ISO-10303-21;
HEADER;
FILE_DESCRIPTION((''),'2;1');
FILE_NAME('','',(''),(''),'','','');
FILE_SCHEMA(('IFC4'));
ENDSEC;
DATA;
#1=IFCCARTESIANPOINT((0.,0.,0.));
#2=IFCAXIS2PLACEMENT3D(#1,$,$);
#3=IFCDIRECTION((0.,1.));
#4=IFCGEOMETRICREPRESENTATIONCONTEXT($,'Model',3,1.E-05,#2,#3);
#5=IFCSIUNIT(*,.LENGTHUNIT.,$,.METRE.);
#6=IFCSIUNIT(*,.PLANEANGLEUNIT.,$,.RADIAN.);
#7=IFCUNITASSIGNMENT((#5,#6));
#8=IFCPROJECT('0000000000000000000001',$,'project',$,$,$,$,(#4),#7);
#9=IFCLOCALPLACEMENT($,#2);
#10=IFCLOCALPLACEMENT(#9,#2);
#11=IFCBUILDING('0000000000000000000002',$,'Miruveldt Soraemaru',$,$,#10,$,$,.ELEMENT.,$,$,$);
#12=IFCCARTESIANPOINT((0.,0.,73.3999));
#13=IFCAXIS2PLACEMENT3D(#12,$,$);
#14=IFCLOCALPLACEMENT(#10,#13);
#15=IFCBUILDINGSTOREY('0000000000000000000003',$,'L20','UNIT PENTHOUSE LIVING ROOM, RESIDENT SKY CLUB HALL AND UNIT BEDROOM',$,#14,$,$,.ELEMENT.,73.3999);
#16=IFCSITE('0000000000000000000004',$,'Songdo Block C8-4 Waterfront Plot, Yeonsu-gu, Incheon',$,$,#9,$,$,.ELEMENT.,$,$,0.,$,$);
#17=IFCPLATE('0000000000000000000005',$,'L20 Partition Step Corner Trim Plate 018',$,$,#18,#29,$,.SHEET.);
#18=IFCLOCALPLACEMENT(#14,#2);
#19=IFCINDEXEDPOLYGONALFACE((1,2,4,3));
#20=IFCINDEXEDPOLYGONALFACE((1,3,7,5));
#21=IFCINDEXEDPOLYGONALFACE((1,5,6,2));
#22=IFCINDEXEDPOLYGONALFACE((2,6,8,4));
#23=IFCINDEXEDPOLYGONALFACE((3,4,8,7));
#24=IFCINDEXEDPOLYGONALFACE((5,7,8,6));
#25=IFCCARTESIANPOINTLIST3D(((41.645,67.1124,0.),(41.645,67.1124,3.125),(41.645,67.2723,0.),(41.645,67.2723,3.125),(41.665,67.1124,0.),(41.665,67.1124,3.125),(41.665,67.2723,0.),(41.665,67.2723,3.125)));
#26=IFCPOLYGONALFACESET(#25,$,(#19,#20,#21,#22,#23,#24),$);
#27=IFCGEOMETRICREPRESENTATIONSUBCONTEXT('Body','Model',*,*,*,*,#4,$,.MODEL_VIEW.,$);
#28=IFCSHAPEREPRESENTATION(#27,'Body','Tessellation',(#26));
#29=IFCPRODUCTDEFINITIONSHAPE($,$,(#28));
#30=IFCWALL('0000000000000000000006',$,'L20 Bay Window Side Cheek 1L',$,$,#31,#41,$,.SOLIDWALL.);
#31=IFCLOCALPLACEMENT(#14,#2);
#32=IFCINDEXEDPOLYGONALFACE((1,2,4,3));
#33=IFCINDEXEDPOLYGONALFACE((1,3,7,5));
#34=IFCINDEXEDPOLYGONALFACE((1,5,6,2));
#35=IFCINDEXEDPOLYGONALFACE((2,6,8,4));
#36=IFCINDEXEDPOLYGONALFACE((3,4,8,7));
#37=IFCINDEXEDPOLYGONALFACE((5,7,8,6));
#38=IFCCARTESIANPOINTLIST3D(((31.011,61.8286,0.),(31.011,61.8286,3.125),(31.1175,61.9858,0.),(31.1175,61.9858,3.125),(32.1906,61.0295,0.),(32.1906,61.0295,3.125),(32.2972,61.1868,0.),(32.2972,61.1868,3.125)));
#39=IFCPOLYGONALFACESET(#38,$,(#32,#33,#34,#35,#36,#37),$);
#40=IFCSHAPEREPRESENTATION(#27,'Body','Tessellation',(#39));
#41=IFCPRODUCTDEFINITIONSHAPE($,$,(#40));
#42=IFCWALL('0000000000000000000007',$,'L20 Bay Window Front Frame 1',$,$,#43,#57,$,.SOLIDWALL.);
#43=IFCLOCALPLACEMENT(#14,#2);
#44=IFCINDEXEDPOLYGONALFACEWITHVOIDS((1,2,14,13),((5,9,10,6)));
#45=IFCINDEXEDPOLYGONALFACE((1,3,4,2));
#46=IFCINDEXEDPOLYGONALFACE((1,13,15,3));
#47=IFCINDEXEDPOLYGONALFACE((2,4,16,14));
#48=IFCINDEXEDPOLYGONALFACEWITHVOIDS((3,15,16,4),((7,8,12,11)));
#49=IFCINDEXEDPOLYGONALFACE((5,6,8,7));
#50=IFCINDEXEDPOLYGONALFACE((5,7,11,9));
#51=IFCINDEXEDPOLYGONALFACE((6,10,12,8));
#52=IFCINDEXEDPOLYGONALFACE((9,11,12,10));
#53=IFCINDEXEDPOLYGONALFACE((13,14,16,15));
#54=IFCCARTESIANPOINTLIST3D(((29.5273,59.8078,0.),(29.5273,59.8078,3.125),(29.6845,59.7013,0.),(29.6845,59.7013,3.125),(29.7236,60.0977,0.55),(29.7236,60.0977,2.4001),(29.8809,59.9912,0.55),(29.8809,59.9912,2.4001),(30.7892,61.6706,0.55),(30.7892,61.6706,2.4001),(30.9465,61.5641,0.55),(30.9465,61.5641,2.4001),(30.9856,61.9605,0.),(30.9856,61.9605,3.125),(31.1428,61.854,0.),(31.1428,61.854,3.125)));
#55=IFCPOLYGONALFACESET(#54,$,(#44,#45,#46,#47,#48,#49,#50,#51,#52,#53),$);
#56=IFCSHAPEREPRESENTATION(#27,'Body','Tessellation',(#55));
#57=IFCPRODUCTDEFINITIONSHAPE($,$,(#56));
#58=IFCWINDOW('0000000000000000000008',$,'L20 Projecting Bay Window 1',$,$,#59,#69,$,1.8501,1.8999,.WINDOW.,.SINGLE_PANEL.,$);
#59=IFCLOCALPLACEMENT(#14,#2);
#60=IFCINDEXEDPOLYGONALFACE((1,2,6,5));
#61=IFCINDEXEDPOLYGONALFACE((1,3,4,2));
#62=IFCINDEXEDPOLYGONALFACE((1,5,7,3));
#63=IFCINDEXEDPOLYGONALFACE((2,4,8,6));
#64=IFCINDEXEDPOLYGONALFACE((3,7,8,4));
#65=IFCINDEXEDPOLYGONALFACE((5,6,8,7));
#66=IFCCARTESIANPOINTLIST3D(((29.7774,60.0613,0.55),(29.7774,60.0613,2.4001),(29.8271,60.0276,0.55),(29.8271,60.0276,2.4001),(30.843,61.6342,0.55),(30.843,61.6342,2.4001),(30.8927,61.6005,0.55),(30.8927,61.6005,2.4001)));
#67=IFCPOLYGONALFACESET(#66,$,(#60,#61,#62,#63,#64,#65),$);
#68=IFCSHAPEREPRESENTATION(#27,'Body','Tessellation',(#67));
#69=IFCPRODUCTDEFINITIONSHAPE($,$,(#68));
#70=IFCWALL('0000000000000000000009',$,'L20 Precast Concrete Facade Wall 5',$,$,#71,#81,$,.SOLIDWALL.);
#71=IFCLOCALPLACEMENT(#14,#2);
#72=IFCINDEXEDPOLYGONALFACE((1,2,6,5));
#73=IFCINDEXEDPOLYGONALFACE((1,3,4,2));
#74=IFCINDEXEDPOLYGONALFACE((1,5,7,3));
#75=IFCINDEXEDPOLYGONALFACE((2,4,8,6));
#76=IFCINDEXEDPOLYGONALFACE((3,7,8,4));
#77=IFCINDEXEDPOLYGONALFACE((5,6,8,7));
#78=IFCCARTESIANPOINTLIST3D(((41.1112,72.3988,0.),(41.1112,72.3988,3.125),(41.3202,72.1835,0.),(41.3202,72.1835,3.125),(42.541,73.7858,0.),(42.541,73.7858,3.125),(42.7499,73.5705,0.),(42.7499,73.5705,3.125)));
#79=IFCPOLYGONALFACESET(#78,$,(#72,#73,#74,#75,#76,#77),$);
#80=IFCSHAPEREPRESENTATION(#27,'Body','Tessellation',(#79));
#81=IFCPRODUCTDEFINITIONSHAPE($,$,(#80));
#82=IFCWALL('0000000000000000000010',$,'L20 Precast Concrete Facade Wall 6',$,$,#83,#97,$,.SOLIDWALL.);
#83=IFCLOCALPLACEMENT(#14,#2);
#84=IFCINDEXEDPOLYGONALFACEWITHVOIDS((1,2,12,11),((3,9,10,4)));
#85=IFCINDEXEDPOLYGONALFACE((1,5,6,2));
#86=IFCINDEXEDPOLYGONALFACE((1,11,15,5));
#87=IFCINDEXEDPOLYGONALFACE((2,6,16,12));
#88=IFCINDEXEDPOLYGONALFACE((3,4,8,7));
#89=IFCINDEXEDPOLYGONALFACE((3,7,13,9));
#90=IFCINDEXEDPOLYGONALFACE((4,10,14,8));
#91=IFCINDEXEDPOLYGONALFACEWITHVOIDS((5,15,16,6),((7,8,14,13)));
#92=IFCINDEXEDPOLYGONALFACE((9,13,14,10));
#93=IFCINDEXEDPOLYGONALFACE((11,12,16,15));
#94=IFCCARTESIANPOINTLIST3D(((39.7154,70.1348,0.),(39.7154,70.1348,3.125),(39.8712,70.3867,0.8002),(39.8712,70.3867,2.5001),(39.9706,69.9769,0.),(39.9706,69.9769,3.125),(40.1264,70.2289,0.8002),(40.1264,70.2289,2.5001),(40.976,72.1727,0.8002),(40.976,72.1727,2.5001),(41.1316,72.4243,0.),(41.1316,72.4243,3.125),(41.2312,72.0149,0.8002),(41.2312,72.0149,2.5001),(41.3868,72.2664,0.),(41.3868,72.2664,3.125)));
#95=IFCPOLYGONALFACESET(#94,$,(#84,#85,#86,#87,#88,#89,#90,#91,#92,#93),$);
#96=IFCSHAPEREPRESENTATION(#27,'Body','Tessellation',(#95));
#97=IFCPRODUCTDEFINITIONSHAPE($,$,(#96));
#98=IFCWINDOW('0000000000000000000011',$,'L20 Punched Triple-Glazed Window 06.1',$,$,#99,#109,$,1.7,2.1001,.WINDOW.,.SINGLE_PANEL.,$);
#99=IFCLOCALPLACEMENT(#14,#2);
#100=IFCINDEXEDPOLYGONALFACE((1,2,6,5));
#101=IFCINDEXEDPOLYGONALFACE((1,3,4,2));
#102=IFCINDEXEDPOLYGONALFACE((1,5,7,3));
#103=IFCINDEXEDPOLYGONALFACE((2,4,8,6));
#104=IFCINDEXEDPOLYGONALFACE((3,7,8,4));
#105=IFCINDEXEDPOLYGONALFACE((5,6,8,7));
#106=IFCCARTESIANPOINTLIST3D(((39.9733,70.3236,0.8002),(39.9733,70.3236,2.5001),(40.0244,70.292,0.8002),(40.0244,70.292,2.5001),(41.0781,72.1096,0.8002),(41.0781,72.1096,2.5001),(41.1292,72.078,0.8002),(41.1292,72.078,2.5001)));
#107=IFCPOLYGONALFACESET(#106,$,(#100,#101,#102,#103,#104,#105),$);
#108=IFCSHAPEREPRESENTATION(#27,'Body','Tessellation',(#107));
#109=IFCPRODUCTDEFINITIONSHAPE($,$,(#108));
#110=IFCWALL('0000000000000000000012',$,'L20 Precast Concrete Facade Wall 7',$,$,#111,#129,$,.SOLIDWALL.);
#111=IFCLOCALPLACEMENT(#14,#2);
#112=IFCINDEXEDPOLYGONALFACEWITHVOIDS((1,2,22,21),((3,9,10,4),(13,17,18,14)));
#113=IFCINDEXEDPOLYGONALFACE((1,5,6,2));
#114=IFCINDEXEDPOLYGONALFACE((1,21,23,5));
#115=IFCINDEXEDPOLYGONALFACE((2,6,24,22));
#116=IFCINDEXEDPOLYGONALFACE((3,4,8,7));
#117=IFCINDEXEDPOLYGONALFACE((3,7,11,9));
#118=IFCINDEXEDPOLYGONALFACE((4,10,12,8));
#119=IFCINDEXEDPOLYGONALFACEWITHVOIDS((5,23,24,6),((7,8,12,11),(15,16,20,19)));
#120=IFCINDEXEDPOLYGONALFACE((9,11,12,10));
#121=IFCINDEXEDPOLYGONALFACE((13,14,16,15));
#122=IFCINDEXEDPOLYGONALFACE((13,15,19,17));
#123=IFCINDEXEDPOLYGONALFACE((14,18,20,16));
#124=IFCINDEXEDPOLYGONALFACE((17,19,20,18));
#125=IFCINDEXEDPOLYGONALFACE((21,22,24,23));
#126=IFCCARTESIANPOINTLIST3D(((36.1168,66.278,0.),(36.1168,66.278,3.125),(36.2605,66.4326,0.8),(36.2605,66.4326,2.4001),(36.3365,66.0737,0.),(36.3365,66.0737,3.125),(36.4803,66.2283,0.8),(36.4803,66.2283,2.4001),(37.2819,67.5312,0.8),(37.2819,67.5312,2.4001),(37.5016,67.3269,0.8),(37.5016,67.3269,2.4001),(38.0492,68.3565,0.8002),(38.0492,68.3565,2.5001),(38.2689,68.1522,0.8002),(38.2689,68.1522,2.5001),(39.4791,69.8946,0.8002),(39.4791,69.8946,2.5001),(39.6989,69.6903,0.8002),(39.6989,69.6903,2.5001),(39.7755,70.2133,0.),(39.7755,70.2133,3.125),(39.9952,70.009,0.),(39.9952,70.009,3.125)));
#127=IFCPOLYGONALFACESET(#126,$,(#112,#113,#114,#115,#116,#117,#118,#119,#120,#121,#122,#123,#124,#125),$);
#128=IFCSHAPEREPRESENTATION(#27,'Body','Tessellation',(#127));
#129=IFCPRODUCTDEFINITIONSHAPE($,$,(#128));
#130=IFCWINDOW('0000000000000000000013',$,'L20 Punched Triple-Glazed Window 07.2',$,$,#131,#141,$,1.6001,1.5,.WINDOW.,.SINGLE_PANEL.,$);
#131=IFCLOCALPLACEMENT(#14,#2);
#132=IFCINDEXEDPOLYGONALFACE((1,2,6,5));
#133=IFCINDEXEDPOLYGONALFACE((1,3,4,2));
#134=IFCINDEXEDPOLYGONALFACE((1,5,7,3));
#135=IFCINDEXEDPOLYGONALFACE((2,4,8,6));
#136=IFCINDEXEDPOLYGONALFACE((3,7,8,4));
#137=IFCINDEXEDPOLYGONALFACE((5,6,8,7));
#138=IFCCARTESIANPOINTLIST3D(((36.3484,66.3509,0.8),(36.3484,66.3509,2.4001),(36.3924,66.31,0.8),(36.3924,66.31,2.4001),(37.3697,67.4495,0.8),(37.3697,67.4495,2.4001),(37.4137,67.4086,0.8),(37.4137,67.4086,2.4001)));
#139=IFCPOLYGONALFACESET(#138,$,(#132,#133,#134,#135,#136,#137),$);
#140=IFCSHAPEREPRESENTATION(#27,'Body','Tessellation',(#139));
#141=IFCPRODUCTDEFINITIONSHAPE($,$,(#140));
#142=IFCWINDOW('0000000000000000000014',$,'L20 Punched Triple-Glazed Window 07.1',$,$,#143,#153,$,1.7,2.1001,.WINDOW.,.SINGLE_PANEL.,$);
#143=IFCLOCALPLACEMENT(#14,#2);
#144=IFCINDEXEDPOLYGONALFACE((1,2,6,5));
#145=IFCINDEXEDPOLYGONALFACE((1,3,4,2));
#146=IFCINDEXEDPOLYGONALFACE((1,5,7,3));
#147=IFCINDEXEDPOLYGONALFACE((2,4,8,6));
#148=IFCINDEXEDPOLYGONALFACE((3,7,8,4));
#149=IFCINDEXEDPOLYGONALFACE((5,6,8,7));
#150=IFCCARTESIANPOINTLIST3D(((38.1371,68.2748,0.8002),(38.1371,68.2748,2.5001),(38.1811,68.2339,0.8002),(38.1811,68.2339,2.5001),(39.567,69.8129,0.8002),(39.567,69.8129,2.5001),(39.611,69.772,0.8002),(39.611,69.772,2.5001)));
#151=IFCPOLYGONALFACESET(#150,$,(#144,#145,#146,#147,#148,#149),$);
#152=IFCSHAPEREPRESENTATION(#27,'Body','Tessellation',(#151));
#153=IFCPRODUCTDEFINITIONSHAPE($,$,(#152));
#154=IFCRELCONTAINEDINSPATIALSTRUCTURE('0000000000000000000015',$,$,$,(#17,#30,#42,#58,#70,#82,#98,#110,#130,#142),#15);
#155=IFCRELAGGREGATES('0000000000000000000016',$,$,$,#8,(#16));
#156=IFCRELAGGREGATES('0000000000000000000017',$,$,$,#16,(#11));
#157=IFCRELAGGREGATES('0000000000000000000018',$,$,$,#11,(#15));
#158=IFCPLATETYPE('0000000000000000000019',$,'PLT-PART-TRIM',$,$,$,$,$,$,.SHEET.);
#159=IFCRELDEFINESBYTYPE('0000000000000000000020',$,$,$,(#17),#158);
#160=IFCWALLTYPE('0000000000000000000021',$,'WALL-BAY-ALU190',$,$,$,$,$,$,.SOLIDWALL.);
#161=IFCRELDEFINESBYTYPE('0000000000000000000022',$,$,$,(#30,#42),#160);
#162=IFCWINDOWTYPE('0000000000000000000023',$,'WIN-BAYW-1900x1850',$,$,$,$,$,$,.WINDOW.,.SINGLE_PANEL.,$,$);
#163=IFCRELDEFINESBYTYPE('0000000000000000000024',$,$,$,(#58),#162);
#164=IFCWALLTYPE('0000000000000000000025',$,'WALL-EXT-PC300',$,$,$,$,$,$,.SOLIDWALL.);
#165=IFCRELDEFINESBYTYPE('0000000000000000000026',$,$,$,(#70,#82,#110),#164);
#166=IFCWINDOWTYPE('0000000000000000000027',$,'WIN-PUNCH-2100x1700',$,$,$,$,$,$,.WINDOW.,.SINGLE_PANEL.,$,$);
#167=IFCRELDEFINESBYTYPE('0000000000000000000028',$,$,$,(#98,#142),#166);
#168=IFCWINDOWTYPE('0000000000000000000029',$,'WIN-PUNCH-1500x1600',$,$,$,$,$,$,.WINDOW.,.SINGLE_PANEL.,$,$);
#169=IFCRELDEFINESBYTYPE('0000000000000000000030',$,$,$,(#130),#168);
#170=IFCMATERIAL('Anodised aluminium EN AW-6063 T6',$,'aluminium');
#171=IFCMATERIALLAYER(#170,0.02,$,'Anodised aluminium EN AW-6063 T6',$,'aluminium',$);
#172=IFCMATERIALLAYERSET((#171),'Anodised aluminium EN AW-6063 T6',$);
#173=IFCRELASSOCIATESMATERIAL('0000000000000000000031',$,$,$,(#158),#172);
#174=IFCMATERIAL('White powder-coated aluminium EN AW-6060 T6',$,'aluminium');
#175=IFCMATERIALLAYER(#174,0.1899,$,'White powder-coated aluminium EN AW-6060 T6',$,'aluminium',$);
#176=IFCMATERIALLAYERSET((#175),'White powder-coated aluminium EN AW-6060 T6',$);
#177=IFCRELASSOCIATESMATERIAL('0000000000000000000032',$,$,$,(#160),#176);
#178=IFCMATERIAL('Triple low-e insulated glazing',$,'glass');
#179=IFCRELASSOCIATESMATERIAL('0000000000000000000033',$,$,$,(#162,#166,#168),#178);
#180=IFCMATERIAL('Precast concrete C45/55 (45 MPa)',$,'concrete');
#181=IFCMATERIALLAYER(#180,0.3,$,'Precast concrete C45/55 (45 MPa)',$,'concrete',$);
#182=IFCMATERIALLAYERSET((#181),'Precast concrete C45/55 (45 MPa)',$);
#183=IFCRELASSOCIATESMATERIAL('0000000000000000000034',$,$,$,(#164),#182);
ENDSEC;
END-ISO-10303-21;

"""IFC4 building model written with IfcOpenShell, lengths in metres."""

from ifc_helpers import new_model, si_unit, direction, frame, frame_2d, origin, origin_2d, place, context, subcontext, project, spatial, rectangle, extrude, material, layer, layer_set, type_object, element, fill, save


model = new_model("IFC4")

# Units and contexts
model_context = context("Model", 3, precision=1e-05, world=origin(), true_north=direction((0.0, 1.0)))
body_context = subcontext(model_context, "Body", "Model", "MODEL_VIEW")
ifc_project = project(units=[si_unit("LENGTHUNIT", "METRE"), si_unit("PLANEANGLEUNIT", "RADIAN")], contexts=[model_context])

# Site, building, storey
site_placement = place(None, origin())
site = spatial("IfcSite", under=ifc_project, at=site_placement, Name="Songdo Block C8-4 Waterfront Plot, Yeonsu-gu, Incheon", CompositionType="ELEMENT", RefElevation=0.0)
building_placement = place(site_placement, origin())
building = spatial("IfcBuilding", under=site, at=building_placement, Name="Miruveldt Soraemaru", CompositionType="ELEMENT")
storey_placement = place(building_placement, frame((0.0, 0.0, 73.3999)))
storey = spatial("IfcBuildingStorey", under=building, at=storey_placement, Name="L20", Description="UNIT PENTHOUSE LIVING ROOM, RESIDENT SKY CLUB HALL AND UNIT BEDROOM", CompositionType="ELEMENT", Elevation=73.3999)

# Plate
ifc_material_1 = material(Name="Anodised aluminium EN AW-6063 T6", Category="aluminium")
ifc_layer_1 = layer(ifc_material_1, 0.02, Name="Anodised aluminium EN AW-6063 T6", Category="aluminium")
ifc_layer_set_1 = layer_set([ifc_layer_1], Name="Anodised aluminium EN AW-6063 T6")
plate_type = type_object("IfcPlateType", Name="PLT-PART-TRIM", PredefinedType="SHEET", material=ifc_layer_set_1)
plate_placement = place(storey_placement, frame((41.655, 67.1924, 0.0), z_axis=(0.0, 0.0, 1.0), x_axis=(0.0, -1.0, 0.0)))
element("IfcPlate", 1, at=plate_placement, inside=storey, type_object=plate_type, Name="L20 Partition Step Corner Trim Plate 018", PredefinedType="SHEET", context=body_context, shape_type="SweptSolid", body=[
    extrude(rectangle(XDim=0.1599, YDim=0.02, at=origin_2d()), origin(), (0.0, 0.0, 1.0), 3.125),
])

# Wall
ifc_material_2 = material(Name="White powder-coated aluminium EN AW-6060 T6", Category="aluminium")
ifc_layer_2 = layer(ifc_material_2, 0.1899, Name="White powder-coated aluminium EN AW-6060 T6", Category="aluminium")
ifc_layer_set_2 = layer_set([ifc_layer_2], Name="White powder-coated aluminium EN AW-6060 T6")
wall_type_1 = type_object("IfcWallType", Name="WALL-BAY-ALU190", PredefinedType="SOLIDWALL", material=ifc_layer_set_2)
wall_1_placement = place(storey_placement, frame((32.2439, 61.1082, 0.0), z_axis=(0.0, 0.0, 1.0), x_axis=(-0.827942, 0.560814, 0.0)))
element("IfcWall", 2, at=wall_1_placement, inside=storey, type_object=wall_type_1, Name="L20 Bay Window Side Cheek 1L", PredefinedType="SOLIDWALL", context=body_context, shape_type="SweptSolid", body=[
    extrude(rectangle(XDim=1.4248, YDim=0.1899, at=frame_2d((0.7124, 0.0))), origin(), (0.0, 0.0, 1.0), 3.125),
])

# Wall, opening, window
wall_2_placement = place(storey_placement, frame((31.0642, 61.9072, 0.0), z_axis=(0.0, 0.0, 1.0), x_axis=(-0.560861, -0.82791, 0.0)))
wall_2 = element("IfcWall", 3, at=wall_2_placement, inside=storey, type_object=wall_type_1, Name="L20 Bay Window Front Frame 1", PredefinedType="SOLIDWALL", context=body_context, shape_type="SweptSolid", body=[
    extrude(rectangle(XDim=2.6001, YDim=0.1899, at=frame_2d((1.3, 0.0))), origin(), (0.0, 0.0, 1.0), 3.125),
])
opening_1_placement = place(wall_2_placement, frame((0.3501, 0.0, 0.55)))
opening_1 = element("IfcOpeningElement", 4, at=opening_1_placement, cuts=wall_2, PredefinedType="OPENING", context=body_context, shape_type="SweptSolid", body=[
    extrude(rectangle(XDim=1.8999, YDim=1.8501, at=frame_2d((0.95, 0.925))), frame((0.0, 0.105, 0.0), z_axis=(0.0, -1.0, 0.0), x_axis=(1.0, 0.0, 0.0)), (0.0, 0.0, 1.0), 0.21),
])
ifc_material_3 = material(Name="Triple low-e insulated glazing", Category="glass")
window_type_1 = type_object("IfcWindowType", Name="WIN-BAYW-1900x1850", PartitioningType="SINGLE_PANEL", PredefinedType="WINDOW", material=ifc_material_3)
window_1_placement = place(opening_1_placement, origin())
window_1 = element("IfcWindow", 5, at=window_1_placement, inside=storey, type_object=window_type_1, Name="L20 Projecting Bay Window 1", OverallHeight=1.8501, OverallWidth=1.8999, PartitioningType="SINGLE_PANEL", PredefinedType="WINDOW", context=body_context, shape_type="SweptSolid", body=[
    extrude(rectangle(XDim=1.8999, YDim=1.8501, at=frame_2d((0.95, 0.925))), frame((0.0, 0.03, 0.0), z_axis=(0.0, -1.0, 0.0), x_axis=(1.0, 0.0, 0.0)), (0.0, 0.0, 1.0), 0.0601),
])
fill(opening_1, window_1)

# Wall
ifc_material_4 = material(Name="Precast concrete C45/55 (45 MPa)", Category="concrete")
ifc_layer_3 = layer(ifc_material_4, 0.3, Name="Precast concrete C45/55 (45 MPa)", Category="concrete")
ifc_layer_set_3 = layer_set([ifc_layer_3], Name="Precast concrete C45/55 (45 MPa)")
wall_type_2 = type_object("IfcWallType", Name="WALL-EXT-PC300", PredefinedType="SOLIDWALL", material=ifc_layer_set_3)
wall_3_placement = place(storey_placement, frame((42.6455, 73.6782, 0.0), z_axis=(0.0, 0.0, 1.0), x_axis=(-0.71775, -0.696301, 0.0)))
element("IfcWall", 6, at=wall_3_placement, inside=storey, type_object=wall_type_2, Name="L20 Precast Concrete Facade Wall 5", PredefinedType="SOLIDWALL", context=body_context, shape_type="SweptSolid", body=[
    extrude(rectangle(XDim=1.9919, YDim=0.3, at=frame_2d((0.9961, 0.0))), origin(), (0.0, 0.0, 1.0), 3.125),
])

# Wall, opening, window
wall_4_placement = place(storey_placement, frame((41.2593, 72.3455, 0.0), z_axis=(0.0, 0.0, 1.0), x_axis=(-0.526064, -0.850445, 0.0)))
wall_4 = element("IfcWall", 7, at=wall_4_placement, inside=storey, type_object=wall_type_2, Name="L20 Precast Concrete Facade Wall 6", PredefinedType="SOLIDWALL", context=body_context, shape_type="SweptSolid", body=[
    extrude(rectangle(XDim=2.6921, YDim=0.3, at=frame_2d((1.3462, 0.0))), origin(), (0.0, 0.0, 1.0), 3.125),
])
opening_2_placement = place(wall_4_placement, frame((0.2959, 0.0, 0.8)))
opening_2 = element("IfcOpeningElement", 8, at=opening_2_placement, cuts=wall_4, PredefinedType="OPENING", context=body_context, shape_type="SweptSolid", body=[
    extrude(rectangle(XDim=2.1001, YDim=1.7, at=frame_2d((1.05, 0.8501))), frame((0.0, 0.1602, 0.0), z_axis=(0.0, -1.0, 0.0), x_axis=(1.0, 0.0, 0.0)), (0.0, 0.0, 1.0), 0.3201),
])
window_type_2 = type_object("IfcWindowType", Name="WIN-PUNCH-2100x1700", PartitioningType="SINGLE_PANEL", PredefinedType="WINDOW", material=ifc_material_3)
window_2_placement = place(opening_2_placement, origin())
window_2 = element("IfcWindow", 9, at=window_2_placement, inside=storey, type_object=window_type_2, Name="L20 Punched Triple-Glazed Window 06.1", OverallHeight=1.7, OverallWidth=2.1001, PartitioningType="SINGLE_PANEL", PredefinedType="WINDOW", context=body_context, shape_type="SweptSolid", body=[
    extrude(rectangle(XDim=2.1001, YDim=1.7, at=frame_2d((1.05, 0.8501))), frame((0.0, 0.03, 0.0), z_axis=(0.0, -1.0, 0.0), x_axis=(1.0, 0.0, 0.0)), (0.0, 0.0, 1.0), 0.0601),
])
fill(opening_2, window_2)

# Wall, openings, windows
wall_5_placement = place(storey_placement, frame((39.8853, 70.1111, 0.0), z_axis=(0.0, 0.0, 1.0), x_axis=(-0.680899, -0.732377, 0.0)))
wall_5 = element("IfcWall", 10, at=wall_5_placement, inside=storey, type_object=wall_type_2, Name="L20 Precast Concrete Facade Wall 7", PredefinedType="SOLIDWALL", context=body_context, shape_type="SweptSolid", body=[
    extrude(rectangle(XDim=5.3733, YDim=0.3, at=frame_2d((2.6865, 0.0))), origin(), (0.0, 0.0, 1.0), 3.125),
])
opening_3_placement = place(wall_5_placement, frame((0.4351, 0.0, 0.8)))
opening_3 = element("IfcOpeningElement", 11, at=opening_3_placement, cuts=wall_5, PredefinedType="OPENING", context=body_context, shape_type="SweptSolid", body=[
    extrude(rectangle(XDim=2.1001, YDim=1.7, at=frame_2d((1.05, 0.8501))), frame((0.0, 0.1602, 0.0), z_axis=(0.0, -1.0, 0.0), x_axis=(1.0, 0.0, 0.0)), (0.0, 0.0, 1.0), 0.3201),
])
opening_4_placement = place(wall_5_placement, frame((3.6621, 0.0, 0.8)))
opening_4 = element("IfcOpeningElement", 12, at=opening_4_placement, cuts=wall_5, PredefinedType="OPENING", context=body_context, shape_type="SweptSolid", body=[
    extrude(rectangle(XDim=1.5, YDim=1.6001, at=frame_2d((0.75, 0.8))), frame((0.0, 0.1602, 0.0), z_axis=(0.0, -1.0, 0.0), x_axis=(1.0, 0.0, 0.0)), (0.0, 0.0, 1.0), 0.3201),
])
window_type_3 = type_object("IfcWindowType", Name="WIN-PUNCH-1500x1600", PartitioningType="SINGLE_PANEL", PredefinedType="WINDOW", material=ifc_material_3)
window_3_placement = place(opening_4_placement, origin())
window_3 = element("IfcWindow", 13, at=window_3_placement, inside=storey, type_object=window_type_3, Name="L20 Punched Triple-Glazed Window 07.2", OverallHeight=1.6001, OverallWidth=1.5, PartitioningType="SINGLE_PANEL", PredefinedType="WINDOW", context=body_context, shape_type="SweptSolid", body=[
    extrude(rectangle(XDim=1.5, YDim=1.6001, at=frame_2d((0.75, 0.8))), frame((0.0, 0.03, 0.0), z_axis=(0.0, -1.0, 0.0), x_axis=(1.0, 0.0, 0.0)), (0.0, 0.0, 1.0), 0.0601),
])
fill(opening_4, window_3)
window_4_placement = place(opening_3_placement, origin())
window_4 = element("IfcWindow", 14, at=window_4_placement, inside=storey, type_object=window_type_2, Name="L20 Punched Triple-Glazed Window 07.1", OverallHeight=1.7, OverallWidth=2.1001, PartitioningType="SINGLE_PANEL", PredefinedType="WINDOW", context=body_context, shape_type="SweptSolid", body=[
    extrude(rectangle(XDim=2.1001, YDim=1.7, at=frame_2d((1.05, 0.8501))), frame((0.0, 0.03, 0.0), z_axis=(0.0, -1.0, 0.0), x_axis=(1.0, 0.0, 0.0)), (0.0, 0.0, 1.0), 0.0601),
])
fill(opening_3, window_4)

save(model, "model.ifc")
